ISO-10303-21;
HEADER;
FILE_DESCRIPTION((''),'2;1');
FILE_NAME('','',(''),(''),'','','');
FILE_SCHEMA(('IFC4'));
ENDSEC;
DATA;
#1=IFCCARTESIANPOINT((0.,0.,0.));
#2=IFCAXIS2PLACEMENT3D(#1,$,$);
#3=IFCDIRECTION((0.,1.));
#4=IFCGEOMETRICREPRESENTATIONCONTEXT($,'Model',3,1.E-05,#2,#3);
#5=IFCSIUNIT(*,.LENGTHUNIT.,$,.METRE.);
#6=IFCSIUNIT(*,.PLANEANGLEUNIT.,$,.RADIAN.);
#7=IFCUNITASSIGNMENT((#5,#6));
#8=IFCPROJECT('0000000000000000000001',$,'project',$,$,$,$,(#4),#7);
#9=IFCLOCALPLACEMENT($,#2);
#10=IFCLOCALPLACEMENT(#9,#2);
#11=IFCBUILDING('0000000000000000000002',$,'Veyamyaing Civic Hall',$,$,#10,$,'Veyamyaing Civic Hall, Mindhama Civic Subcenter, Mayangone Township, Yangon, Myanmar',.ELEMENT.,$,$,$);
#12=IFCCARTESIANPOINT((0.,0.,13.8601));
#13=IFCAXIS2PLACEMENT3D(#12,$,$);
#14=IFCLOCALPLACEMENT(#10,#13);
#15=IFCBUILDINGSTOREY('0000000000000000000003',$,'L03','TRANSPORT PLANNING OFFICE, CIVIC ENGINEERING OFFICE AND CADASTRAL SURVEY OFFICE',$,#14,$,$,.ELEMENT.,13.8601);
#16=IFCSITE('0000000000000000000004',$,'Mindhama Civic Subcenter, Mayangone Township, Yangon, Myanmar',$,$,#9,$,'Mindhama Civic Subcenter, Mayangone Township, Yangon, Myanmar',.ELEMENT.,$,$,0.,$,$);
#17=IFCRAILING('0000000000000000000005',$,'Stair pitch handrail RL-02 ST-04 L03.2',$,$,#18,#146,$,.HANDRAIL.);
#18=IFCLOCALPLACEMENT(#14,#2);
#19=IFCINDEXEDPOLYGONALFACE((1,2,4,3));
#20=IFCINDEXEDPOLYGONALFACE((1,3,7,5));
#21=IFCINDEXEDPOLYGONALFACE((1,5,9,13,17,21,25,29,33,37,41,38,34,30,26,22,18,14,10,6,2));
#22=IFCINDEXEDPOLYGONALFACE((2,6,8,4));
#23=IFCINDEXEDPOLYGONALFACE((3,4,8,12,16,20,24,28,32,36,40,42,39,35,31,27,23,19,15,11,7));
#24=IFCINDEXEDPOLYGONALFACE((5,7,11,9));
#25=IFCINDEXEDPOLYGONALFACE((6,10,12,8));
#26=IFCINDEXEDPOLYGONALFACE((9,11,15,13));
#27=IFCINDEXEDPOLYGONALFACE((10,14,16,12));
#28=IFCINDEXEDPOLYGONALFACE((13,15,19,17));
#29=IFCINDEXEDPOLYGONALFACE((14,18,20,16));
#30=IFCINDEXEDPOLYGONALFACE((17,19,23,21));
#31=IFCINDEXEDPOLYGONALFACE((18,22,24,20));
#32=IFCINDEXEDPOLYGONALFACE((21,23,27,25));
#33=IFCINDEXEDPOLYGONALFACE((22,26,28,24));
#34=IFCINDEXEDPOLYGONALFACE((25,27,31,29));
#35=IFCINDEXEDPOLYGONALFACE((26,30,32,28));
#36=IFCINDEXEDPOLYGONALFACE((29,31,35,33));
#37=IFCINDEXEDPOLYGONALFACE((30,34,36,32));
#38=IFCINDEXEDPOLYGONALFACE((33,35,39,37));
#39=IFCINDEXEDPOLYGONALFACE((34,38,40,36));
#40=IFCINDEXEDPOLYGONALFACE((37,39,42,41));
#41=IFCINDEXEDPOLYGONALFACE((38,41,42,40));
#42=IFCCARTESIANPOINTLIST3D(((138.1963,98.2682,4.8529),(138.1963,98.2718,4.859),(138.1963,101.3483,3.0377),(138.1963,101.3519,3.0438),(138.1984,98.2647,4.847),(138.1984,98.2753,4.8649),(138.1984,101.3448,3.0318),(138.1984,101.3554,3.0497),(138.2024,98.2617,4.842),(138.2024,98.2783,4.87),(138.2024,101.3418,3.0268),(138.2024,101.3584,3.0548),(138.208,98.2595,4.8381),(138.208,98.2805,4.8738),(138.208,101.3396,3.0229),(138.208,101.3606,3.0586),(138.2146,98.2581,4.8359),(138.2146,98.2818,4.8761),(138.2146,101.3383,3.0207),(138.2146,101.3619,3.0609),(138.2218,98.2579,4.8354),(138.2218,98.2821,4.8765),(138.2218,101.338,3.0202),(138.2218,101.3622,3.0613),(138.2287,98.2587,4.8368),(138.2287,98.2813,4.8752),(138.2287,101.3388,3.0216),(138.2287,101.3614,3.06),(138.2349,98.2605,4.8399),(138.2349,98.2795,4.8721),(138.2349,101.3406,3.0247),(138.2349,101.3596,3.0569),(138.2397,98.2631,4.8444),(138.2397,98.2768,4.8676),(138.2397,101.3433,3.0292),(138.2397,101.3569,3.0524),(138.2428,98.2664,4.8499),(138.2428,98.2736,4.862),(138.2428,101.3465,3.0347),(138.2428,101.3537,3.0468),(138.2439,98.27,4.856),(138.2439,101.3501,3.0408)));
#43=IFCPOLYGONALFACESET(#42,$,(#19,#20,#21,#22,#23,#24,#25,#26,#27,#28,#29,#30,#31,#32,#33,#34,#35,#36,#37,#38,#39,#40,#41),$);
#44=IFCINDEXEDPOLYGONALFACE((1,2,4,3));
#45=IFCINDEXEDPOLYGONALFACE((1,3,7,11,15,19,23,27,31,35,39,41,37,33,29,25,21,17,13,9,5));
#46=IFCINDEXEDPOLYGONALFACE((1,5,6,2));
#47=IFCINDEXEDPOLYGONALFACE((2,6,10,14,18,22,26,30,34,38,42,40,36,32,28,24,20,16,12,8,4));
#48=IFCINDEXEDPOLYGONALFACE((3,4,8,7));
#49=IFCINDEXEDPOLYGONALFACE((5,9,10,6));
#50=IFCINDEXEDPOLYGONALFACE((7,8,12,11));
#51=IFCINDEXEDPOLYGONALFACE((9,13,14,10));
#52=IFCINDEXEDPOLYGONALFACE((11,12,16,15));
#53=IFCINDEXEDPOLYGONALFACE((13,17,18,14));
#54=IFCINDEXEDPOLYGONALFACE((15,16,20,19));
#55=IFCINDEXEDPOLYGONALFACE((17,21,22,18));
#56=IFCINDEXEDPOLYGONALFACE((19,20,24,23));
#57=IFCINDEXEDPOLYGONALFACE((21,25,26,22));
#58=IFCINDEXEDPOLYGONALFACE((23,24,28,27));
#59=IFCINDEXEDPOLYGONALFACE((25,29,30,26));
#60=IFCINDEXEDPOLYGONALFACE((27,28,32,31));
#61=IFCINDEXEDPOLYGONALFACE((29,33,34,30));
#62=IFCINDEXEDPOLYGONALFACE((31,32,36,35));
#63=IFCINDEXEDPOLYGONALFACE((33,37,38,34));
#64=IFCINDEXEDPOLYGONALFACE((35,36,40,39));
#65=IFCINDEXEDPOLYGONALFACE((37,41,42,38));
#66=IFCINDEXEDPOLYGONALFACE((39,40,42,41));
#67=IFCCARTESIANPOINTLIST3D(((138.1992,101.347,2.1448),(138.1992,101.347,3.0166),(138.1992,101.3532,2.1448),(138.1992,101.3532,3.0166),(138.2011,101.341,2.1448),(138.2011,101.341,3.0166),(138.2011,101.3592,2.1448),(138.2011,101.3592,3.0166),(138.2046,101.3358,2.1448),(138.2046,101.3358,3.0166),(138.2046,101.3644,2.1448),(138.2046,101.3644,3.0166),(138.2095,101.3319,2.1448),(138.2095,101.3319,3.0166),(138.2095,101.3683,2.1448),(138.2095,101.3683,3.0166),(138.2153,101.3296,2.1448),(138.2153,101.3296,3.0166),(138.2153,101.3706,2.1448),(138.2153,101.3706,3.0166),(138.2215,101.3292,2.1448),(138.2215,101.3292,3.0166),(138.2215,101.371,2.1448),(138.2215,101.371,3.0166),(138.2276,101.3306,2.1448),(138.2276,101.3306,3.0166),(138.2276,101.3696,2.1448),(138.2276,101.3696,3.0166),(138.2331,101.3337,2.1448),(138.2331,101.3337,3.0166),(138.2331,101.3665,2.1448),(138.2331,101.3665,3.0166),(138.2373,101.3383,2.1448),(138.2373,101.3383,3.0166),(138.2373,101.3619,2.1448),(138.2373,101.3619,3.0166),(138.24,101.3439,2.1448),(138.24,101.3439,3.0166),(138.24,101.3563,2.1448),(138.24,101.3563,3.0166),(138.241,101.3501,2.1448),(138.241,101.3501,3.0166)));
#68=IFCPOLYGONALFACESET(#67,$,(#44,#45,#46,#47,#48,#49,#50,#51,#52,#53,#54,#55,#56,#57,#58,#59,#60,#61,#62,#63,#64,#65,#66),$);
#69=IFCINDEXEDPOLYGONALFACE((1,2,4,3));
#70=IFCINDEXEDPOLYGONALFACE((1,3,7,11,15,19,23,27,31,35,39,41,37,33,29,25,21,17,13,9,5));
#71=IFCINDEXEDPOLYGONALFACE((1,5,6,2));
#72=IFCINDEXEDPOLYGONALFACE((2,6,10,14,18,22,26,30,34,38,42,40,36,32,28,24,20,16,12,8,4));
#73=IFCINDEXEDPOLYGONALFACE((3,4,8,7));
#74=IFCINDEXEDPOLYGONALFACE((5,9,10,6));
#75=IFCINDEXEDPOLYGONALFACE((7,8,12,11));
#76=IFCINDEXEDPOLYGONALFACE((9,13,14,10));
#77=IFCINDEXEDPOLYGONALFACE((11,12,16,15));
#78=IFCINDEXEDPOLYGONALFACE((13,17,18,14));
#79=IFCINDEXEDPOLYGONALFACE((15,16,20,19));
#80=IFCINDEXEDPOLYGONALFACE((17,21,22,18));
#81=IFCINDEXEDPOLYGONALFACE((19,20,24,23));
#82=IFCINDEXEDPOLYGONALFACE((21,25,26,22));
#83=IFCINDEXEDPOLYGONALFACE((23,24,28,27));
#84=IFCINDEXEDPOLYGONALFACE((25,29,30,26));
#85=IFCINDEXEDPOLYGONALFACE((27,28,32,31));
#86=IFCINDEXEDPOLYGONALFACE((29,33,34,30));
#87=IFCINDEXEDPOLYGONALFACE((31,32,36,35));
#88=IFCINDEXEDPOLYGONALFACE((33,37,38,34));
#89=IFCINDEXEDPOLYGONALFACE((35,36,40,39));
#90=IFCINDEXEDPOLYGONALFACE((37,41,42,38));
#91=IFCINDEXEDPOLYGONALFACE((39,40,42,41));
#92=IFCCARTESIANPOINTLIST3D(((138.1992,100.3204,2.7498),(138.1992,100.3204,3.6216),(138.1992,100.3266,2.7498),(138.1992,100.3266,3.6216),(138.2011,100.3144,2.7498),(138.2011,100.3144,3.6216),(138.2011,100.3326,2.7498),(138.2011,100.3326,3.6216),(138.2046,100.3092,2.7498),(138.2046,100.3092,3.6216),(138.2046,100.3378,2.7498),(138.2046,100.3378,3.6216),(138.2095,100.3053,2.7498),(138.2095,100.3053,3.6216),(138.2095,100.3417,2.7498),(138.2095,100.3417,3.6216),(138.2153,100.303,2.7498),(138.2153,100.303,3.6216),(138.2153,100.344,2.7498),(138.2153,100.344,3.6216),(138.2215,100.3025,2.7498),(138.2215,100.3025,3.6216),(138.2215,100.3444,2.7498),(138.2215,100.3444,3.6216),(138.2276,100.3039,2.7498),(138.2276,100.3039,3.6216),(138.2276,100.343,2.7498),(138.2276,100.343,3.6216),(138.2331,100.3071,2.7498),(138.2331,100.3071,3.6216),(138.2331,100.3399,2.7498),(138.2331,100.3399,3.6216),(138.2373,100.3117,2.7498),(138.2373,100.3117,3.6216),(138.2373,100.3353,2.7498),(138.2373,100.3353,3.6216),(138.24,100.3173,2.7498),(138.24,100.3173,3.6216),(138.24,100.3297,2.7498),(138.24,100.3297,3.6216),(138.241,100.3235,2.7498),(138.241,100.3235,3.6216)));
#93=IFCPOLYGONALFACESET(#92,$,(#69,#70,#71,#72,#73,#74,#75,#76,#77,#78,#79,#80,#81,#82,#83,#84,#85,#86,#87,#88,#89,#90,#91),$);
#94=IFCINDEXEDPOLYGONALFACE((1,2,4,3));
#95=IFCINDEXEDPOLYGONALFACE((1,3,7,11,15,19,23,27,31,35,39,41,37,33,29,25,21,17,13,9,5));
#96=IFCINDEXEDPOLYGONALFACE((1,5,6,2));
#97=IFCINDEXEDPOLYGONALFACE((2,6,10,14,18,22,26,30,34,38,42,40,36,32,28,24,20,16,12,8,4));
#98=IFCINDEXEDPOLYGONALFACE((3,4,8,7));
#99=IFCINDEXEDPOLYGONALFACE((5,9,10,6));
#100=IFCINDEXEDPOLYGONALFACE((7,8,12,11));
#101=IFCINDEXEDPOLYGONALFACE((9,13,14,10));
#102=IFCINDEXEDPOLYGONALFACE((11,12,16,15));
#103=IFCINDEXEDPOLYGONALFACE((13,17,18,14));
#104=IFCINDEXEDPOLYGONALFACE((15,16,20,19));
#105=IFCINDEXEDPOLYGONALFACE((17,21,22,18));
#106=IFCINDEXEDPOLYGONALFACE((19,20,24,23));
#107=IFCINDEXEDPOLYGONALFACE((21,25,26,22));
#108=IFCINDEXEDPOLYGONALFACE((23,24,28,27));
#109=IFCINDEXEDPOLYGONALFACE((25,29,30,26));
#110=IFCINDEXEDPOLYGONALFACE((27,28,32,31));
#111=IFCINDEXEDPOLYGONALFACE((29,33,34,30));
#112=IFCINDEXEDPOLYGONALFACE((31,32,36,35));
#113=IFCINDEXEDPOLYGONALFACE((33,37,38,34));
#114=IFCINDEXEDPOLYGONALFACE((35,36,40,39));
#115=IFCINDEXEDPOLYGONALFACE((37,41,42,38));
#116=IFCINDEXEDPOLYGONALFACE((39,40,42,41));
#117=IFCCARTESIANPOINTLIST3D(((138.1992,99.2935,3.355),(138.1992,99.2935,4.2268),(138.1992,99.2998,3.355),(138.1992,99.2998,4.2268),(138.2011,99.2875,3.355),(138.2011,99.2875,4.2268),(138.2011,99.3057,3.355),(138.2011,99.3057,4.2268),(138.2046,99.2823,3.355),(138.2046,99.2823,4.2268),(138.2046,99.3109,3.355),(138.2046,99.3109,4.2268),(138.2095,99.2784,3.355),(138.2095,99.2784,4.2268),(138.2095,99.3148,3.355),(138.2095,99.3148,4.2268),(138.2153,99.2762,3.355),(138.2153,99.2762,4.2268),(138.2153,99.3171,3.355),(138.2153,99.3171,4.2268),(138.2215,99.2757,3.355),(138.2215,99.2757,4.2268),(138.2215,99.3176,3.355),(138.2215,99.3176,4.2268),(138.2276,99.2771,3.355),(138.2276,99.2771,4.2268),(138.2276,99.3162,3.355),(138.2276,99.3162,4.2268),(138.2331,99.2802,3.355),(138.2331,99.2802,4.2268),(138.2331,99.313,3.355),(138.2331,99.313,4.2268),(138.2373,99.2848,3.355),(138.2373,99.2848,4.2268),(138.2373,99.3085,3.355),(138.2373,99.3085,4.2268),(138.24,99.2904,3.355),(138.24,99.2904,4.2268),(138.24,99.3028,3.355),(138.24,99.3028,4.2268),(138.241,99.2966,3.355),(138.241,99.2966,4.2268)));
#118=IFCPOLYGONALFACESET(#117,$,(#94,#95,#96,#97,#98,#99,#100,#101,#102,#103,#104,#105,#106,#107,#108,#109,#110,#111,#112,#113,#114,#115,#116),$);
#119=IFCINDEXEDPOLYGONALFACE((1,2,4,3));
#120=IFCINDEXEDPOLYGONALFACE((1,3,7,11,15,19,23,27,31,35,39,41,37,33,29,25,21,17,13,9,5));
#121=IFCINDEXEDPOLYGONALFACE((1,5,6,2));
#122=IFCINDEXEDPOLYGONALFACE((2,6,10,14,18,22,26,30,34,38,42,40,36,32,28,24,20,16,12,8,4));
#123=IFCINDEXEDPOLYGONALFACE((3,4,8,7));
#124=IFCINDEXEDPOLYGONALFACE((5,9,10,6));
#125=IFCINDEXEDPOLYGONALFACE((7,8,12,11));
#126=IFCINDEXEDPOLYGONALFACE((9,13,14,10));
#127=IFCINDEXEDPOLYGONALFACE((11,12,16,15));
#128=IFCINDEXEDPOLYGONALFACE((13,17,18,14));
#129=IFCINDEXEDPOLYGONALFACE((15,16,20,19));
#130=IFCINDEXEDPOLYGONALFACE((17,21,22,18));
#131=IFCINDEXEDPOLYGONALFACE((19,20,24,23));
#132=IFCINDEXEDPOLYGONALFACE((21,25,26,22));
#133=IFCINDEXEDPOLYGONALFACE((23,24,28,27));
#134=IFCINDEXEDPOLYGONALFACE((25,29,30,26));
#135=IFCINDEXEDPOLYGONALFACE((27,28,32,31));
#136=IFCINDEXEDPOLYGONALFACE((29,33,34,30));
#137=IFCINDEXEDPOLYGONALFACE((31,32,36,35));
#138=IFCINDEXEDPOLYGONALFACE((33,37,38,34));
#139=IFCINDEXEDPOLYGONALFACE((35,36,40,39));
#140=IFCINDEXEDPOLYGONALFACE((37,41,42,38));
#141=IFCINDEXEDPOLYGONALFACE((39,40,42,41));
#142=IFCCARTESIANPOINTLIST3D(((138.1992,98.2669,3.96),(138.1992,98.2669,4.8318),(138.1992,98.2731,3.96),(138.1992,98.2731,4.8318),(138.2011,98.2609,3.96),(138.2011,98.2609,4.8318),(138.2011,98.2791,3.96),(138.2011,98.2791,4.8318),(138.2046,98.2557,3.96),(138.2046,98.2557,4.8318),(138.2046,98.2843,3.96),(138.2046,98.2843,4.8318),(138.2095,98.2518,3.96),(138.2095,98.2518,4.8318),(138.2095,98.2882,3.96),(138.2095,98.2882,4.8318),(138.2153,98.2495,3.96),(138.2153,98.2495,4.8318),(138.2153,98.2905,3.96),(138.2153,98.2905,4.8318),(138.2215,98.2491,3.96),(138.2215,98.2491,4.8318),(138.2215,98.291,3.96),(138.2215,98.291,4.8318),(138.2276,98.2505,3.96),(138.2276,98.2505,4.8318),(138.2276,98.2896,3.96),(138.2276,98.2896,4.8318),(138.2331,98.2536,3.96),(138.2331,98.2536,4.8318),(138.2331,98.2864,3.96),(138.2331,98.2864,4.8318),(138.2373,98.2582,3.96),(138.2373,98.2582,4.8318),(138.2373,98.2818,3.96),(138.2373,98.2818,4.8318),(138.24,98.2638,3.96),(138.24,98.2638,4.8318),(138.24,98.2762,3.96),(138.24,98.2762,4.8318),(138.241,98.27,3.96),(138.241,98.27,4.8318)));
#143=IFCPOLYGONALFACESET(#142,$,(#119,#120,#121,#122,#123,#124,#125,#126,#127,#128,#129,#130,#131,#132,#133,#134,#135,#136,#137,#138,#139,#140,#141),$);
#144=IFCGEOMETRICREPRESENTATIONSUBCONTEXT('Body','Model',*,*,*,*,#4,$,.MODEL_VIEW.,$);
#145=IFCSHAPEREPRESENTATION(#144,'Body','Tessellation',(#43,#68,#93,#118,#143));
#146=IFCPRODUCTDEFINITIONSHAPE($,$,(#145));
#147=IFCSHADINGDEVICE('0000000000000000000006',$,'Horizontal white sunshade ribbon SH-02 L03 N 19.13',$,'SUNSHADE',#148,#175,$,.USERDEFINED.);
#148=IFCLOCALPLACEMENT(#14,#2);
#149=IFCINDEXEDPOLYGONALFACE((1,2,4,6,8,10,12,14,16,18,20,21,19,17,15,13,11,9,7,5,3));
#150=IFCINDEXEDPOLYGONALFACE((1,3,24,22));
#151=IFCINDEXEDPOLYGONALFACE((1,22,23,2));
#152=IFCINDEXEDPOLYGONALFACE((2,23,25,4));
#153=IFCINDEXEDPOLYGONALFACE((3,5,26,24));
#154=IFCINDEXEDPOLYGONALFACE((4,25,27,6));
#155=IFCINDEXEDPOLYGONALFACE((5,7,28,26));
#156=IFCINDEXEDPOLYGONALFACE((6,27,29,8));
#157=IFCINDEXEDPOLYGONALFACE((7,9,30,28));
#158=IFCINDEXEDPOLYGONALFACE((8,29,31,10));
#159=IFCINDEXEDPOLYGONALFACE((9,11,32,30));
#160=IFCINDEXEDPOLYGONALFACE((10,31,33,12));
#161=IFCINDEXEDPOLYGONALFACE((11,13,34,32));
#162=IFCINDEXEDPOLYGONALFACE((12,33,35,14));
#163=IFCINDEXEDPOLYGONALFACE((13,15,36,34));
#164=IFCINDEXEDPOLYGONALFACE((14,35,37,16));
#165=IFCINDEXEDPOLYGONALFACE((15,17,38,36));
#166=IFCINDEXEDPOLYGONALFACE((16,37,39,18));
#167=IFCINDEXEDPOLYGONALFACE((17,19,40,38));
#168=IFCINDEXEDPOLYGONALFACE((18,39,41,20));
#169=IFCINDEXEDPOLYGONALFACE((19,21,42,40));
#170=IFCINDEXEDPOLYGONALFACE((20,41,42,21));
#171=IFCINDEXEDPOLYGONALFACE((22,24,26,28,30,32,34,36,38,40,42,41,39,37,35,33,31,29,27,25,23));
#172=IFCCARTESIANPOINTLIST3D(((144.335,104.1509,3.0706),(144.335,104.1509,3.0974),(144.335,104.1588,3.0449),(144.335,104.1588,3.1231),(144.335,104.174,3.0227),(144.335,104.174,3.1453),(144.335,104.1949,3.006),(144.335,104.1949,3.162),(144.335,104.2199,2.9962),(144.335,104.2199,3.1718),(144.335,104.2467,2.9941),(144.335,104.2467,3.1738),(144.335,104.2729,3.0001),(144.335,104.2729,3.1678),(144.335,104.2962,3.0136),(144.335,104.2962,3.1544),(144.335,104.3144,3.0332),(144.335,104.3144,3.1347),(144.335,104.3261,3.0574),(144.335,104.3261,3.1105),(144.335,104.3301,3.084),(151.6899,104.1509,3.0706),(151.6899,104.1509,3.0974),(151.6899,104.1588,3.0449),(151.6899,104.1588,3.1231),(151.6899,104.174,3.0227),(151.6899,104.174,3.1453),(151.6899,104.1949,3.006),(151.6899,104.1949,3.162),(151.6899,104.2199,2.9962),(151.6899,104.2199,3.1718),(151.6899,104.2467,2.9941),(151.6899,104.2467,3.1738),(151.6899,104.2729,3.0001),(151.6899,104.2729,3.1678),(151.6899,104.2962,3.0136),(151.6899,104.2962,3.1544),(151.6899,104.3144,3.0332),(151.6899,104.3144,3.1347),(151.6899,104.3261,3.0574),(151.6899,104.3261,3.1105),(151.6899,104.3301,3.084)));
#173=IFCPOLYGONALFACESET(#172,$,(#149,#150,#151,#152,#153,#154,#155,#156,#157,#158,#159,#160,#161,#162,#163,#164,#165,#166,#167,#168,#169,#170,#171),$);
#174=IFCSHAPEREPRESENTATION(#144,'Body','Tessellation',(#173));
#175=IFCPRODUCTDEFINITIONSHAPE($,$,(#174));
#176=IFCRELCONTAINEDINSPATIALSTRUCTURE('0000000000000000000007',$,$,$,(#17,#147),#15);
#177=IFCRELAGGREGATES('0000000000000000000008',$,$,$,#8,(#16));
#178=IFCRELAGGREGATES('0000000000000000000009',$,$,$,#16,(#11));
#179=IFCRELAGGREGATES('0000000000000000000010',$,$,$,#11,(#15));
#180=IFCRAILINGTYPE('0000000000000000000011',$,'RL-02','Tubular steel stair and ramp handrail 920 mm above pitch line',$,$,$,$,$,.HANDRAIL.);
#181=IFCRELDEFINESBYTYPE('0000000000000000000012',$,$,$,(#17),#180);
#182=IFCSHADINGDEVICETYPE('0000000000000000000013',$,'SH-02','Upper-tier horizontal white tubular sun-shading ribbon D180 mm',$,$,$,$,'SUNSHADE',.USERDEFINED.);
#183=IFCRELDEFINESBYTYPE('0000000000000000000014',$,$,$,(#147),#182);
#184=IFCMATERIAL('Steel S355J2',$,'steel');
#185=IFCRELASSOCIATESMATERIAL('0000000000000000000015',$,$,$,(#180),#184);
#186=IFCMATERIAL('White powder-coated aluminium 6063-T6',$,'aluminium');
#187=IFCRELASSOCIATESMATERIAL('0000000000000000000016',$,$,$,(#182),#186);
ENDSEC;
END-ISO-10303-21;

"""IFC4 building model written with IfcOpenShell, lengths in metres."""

from ifc_helpers import new_model, si_unit, direction, frame, origin, origin_2d, place, context, subcontext, project, spatial, circle, extrude, material, material_profile, profile_set, type_object, element, save


model = new_model("IFC4")

# Units and contexts
model_context = context("Model", 3, precision=1e-05, world=origin(), true_north=direction((0.0, 1.0)))
body_context = subcontext(model_context, "Body", "Model", "MODEL_VIEW")
ifc_project = project(units=[si_unit("LENGTHUNIT", "METRE"), si_unit("PLANEANGLEUNIT", "RADIAN")], contexts=[model_context])

# Site, building, storey
site_placement = place(None, origin())
site = spatial("IfcSite", under=ifc_project, at=site_placement, Name="Mindhama Civic Subcenter, Mayangone Township, Yangon, Myanmar", LongName="Mindhama Civic Subcenter, Mayangone Township, Yangon, Myanmar", CompositionType="ELEMENT", RefElevation=0.0)
building_placement = place(site_placement, origin())
building = spatial("IfcBuilding", under=site, at=building_placement, Name="Veyamyaing Civic Hall", LongName="Veyamyaing Civic Hall, Mindhama Civic Subcenter, Mayangone Township, Yangon, Myanmar", CompositionType="ELEMENT")
storey_placement = place(building_placement, frame((0.0, 0.0, 13.8601)))
storey = spatial("IfcBuildingStorey", under=building, at=storey_placement, Name="L03", Description="TRANSPORT PLANNING OFFICE, CIVIC ENGINEERING OFFICE AND CADASTRAL SURVEY OFFICE", CompositionType="ELEMENT", Elevation=13.8601)

# Railing
ifc_material_1 = material(Name="Steel S355J2", Category="steel")
railing_type_1 = type_object("IfcRailingType", Name="RL-02", Description="Tubular steel stair and ramp handrail 920 mm above pitch line", PredefinedType="HANDRAIL", material=ifc_material_1)
railing_1_placement = place(storey_placement, frame((138.22, 101.3501, 2.1448)))
element("IfcRailing", 1, at=railing_1_placement, inside=storey, type_object=railing_type_1, Name="Stair pitch handrail RL-02 ST-04 L03.2", PredefinedType="HANDRAIL", context=body_context, shape_type="SweptSolid", body=[
    extrude(circle(Radius=0.0239, at=origin_2d()), frame((0.0, 0.0, 0.896), z_axis=(0.0, -0.861521, 0.507721), x_axis=(1.0, 0.0, 0.0)), (0.0, 0.0, 1.0), 3.5752),
    extrude(circle(Radius=0.021, at=origin_2d()), origin(), (0.0, 0.0, 1.0), 0.8718),
    extrude(circle(Radius=0.021, at=origin_2d()), frame((0.0, -1.0266, 0.605)), (0.0, 0.0, 1.0), 0.8718),
    extrude(circle(Radius=0.021, at=origin_2d()), frame((0.0, -2.0535, 1.2102)), (0.0, 0.0, 1.0), 0.8718),
    extrude(circle(Radius=0.021, at=origin_2d()), frame((0.0, -3.0801, 1.8152)), (0.0, 0.0, 1.0), 0.8718),
])

# Shading device
ifc_material_2 = material(Name="White powder-coated aluminium 6063-T6", Category="aluminium")
ifc_material_profile_1 = material_profile(ifc_material_2, circle(Radius=0.0901, at=origin_2d()), Name="SHADE-TUBE-180")
ifc_profile_set_1 = profile_set([ifc_material_profile_1], Name="White powder-coated aluminium 6063-T6")
shading_device_type = type_object("IfcShadingDeviceType", Name="SH-02", Description="Upper-tier horizontal white tubular sun-shading ribbon D180 mm", ElementType="SUNSHADE", PredefinedType="USERDEFINED", material=ifc_profile_set_1)
shading_device_placement = place(storey_placement, frame((144.335, 104.24, 3.084), z_axis=(1.0, 0.0, 0.0), x_axis=(0.0, 1.0, 0.0)))
element("IfcShadingDevice", 2, at=shading_device_placement, inside=storey, type_object=shading_device_type, Name="Horizontal white sunshade ribbon SH-02 L03 N 19.13", ObjectType="SUNSHADE", PredefinedType="USERDEFINED", context=body_context, shape_type="SweptSolid", body=[
    extrude(circle(Radius=0.0901, at=origin_2d()), origin(), (0.0, 0.0, 1.0), 7.355),
])

save(model, "model.ifc")
